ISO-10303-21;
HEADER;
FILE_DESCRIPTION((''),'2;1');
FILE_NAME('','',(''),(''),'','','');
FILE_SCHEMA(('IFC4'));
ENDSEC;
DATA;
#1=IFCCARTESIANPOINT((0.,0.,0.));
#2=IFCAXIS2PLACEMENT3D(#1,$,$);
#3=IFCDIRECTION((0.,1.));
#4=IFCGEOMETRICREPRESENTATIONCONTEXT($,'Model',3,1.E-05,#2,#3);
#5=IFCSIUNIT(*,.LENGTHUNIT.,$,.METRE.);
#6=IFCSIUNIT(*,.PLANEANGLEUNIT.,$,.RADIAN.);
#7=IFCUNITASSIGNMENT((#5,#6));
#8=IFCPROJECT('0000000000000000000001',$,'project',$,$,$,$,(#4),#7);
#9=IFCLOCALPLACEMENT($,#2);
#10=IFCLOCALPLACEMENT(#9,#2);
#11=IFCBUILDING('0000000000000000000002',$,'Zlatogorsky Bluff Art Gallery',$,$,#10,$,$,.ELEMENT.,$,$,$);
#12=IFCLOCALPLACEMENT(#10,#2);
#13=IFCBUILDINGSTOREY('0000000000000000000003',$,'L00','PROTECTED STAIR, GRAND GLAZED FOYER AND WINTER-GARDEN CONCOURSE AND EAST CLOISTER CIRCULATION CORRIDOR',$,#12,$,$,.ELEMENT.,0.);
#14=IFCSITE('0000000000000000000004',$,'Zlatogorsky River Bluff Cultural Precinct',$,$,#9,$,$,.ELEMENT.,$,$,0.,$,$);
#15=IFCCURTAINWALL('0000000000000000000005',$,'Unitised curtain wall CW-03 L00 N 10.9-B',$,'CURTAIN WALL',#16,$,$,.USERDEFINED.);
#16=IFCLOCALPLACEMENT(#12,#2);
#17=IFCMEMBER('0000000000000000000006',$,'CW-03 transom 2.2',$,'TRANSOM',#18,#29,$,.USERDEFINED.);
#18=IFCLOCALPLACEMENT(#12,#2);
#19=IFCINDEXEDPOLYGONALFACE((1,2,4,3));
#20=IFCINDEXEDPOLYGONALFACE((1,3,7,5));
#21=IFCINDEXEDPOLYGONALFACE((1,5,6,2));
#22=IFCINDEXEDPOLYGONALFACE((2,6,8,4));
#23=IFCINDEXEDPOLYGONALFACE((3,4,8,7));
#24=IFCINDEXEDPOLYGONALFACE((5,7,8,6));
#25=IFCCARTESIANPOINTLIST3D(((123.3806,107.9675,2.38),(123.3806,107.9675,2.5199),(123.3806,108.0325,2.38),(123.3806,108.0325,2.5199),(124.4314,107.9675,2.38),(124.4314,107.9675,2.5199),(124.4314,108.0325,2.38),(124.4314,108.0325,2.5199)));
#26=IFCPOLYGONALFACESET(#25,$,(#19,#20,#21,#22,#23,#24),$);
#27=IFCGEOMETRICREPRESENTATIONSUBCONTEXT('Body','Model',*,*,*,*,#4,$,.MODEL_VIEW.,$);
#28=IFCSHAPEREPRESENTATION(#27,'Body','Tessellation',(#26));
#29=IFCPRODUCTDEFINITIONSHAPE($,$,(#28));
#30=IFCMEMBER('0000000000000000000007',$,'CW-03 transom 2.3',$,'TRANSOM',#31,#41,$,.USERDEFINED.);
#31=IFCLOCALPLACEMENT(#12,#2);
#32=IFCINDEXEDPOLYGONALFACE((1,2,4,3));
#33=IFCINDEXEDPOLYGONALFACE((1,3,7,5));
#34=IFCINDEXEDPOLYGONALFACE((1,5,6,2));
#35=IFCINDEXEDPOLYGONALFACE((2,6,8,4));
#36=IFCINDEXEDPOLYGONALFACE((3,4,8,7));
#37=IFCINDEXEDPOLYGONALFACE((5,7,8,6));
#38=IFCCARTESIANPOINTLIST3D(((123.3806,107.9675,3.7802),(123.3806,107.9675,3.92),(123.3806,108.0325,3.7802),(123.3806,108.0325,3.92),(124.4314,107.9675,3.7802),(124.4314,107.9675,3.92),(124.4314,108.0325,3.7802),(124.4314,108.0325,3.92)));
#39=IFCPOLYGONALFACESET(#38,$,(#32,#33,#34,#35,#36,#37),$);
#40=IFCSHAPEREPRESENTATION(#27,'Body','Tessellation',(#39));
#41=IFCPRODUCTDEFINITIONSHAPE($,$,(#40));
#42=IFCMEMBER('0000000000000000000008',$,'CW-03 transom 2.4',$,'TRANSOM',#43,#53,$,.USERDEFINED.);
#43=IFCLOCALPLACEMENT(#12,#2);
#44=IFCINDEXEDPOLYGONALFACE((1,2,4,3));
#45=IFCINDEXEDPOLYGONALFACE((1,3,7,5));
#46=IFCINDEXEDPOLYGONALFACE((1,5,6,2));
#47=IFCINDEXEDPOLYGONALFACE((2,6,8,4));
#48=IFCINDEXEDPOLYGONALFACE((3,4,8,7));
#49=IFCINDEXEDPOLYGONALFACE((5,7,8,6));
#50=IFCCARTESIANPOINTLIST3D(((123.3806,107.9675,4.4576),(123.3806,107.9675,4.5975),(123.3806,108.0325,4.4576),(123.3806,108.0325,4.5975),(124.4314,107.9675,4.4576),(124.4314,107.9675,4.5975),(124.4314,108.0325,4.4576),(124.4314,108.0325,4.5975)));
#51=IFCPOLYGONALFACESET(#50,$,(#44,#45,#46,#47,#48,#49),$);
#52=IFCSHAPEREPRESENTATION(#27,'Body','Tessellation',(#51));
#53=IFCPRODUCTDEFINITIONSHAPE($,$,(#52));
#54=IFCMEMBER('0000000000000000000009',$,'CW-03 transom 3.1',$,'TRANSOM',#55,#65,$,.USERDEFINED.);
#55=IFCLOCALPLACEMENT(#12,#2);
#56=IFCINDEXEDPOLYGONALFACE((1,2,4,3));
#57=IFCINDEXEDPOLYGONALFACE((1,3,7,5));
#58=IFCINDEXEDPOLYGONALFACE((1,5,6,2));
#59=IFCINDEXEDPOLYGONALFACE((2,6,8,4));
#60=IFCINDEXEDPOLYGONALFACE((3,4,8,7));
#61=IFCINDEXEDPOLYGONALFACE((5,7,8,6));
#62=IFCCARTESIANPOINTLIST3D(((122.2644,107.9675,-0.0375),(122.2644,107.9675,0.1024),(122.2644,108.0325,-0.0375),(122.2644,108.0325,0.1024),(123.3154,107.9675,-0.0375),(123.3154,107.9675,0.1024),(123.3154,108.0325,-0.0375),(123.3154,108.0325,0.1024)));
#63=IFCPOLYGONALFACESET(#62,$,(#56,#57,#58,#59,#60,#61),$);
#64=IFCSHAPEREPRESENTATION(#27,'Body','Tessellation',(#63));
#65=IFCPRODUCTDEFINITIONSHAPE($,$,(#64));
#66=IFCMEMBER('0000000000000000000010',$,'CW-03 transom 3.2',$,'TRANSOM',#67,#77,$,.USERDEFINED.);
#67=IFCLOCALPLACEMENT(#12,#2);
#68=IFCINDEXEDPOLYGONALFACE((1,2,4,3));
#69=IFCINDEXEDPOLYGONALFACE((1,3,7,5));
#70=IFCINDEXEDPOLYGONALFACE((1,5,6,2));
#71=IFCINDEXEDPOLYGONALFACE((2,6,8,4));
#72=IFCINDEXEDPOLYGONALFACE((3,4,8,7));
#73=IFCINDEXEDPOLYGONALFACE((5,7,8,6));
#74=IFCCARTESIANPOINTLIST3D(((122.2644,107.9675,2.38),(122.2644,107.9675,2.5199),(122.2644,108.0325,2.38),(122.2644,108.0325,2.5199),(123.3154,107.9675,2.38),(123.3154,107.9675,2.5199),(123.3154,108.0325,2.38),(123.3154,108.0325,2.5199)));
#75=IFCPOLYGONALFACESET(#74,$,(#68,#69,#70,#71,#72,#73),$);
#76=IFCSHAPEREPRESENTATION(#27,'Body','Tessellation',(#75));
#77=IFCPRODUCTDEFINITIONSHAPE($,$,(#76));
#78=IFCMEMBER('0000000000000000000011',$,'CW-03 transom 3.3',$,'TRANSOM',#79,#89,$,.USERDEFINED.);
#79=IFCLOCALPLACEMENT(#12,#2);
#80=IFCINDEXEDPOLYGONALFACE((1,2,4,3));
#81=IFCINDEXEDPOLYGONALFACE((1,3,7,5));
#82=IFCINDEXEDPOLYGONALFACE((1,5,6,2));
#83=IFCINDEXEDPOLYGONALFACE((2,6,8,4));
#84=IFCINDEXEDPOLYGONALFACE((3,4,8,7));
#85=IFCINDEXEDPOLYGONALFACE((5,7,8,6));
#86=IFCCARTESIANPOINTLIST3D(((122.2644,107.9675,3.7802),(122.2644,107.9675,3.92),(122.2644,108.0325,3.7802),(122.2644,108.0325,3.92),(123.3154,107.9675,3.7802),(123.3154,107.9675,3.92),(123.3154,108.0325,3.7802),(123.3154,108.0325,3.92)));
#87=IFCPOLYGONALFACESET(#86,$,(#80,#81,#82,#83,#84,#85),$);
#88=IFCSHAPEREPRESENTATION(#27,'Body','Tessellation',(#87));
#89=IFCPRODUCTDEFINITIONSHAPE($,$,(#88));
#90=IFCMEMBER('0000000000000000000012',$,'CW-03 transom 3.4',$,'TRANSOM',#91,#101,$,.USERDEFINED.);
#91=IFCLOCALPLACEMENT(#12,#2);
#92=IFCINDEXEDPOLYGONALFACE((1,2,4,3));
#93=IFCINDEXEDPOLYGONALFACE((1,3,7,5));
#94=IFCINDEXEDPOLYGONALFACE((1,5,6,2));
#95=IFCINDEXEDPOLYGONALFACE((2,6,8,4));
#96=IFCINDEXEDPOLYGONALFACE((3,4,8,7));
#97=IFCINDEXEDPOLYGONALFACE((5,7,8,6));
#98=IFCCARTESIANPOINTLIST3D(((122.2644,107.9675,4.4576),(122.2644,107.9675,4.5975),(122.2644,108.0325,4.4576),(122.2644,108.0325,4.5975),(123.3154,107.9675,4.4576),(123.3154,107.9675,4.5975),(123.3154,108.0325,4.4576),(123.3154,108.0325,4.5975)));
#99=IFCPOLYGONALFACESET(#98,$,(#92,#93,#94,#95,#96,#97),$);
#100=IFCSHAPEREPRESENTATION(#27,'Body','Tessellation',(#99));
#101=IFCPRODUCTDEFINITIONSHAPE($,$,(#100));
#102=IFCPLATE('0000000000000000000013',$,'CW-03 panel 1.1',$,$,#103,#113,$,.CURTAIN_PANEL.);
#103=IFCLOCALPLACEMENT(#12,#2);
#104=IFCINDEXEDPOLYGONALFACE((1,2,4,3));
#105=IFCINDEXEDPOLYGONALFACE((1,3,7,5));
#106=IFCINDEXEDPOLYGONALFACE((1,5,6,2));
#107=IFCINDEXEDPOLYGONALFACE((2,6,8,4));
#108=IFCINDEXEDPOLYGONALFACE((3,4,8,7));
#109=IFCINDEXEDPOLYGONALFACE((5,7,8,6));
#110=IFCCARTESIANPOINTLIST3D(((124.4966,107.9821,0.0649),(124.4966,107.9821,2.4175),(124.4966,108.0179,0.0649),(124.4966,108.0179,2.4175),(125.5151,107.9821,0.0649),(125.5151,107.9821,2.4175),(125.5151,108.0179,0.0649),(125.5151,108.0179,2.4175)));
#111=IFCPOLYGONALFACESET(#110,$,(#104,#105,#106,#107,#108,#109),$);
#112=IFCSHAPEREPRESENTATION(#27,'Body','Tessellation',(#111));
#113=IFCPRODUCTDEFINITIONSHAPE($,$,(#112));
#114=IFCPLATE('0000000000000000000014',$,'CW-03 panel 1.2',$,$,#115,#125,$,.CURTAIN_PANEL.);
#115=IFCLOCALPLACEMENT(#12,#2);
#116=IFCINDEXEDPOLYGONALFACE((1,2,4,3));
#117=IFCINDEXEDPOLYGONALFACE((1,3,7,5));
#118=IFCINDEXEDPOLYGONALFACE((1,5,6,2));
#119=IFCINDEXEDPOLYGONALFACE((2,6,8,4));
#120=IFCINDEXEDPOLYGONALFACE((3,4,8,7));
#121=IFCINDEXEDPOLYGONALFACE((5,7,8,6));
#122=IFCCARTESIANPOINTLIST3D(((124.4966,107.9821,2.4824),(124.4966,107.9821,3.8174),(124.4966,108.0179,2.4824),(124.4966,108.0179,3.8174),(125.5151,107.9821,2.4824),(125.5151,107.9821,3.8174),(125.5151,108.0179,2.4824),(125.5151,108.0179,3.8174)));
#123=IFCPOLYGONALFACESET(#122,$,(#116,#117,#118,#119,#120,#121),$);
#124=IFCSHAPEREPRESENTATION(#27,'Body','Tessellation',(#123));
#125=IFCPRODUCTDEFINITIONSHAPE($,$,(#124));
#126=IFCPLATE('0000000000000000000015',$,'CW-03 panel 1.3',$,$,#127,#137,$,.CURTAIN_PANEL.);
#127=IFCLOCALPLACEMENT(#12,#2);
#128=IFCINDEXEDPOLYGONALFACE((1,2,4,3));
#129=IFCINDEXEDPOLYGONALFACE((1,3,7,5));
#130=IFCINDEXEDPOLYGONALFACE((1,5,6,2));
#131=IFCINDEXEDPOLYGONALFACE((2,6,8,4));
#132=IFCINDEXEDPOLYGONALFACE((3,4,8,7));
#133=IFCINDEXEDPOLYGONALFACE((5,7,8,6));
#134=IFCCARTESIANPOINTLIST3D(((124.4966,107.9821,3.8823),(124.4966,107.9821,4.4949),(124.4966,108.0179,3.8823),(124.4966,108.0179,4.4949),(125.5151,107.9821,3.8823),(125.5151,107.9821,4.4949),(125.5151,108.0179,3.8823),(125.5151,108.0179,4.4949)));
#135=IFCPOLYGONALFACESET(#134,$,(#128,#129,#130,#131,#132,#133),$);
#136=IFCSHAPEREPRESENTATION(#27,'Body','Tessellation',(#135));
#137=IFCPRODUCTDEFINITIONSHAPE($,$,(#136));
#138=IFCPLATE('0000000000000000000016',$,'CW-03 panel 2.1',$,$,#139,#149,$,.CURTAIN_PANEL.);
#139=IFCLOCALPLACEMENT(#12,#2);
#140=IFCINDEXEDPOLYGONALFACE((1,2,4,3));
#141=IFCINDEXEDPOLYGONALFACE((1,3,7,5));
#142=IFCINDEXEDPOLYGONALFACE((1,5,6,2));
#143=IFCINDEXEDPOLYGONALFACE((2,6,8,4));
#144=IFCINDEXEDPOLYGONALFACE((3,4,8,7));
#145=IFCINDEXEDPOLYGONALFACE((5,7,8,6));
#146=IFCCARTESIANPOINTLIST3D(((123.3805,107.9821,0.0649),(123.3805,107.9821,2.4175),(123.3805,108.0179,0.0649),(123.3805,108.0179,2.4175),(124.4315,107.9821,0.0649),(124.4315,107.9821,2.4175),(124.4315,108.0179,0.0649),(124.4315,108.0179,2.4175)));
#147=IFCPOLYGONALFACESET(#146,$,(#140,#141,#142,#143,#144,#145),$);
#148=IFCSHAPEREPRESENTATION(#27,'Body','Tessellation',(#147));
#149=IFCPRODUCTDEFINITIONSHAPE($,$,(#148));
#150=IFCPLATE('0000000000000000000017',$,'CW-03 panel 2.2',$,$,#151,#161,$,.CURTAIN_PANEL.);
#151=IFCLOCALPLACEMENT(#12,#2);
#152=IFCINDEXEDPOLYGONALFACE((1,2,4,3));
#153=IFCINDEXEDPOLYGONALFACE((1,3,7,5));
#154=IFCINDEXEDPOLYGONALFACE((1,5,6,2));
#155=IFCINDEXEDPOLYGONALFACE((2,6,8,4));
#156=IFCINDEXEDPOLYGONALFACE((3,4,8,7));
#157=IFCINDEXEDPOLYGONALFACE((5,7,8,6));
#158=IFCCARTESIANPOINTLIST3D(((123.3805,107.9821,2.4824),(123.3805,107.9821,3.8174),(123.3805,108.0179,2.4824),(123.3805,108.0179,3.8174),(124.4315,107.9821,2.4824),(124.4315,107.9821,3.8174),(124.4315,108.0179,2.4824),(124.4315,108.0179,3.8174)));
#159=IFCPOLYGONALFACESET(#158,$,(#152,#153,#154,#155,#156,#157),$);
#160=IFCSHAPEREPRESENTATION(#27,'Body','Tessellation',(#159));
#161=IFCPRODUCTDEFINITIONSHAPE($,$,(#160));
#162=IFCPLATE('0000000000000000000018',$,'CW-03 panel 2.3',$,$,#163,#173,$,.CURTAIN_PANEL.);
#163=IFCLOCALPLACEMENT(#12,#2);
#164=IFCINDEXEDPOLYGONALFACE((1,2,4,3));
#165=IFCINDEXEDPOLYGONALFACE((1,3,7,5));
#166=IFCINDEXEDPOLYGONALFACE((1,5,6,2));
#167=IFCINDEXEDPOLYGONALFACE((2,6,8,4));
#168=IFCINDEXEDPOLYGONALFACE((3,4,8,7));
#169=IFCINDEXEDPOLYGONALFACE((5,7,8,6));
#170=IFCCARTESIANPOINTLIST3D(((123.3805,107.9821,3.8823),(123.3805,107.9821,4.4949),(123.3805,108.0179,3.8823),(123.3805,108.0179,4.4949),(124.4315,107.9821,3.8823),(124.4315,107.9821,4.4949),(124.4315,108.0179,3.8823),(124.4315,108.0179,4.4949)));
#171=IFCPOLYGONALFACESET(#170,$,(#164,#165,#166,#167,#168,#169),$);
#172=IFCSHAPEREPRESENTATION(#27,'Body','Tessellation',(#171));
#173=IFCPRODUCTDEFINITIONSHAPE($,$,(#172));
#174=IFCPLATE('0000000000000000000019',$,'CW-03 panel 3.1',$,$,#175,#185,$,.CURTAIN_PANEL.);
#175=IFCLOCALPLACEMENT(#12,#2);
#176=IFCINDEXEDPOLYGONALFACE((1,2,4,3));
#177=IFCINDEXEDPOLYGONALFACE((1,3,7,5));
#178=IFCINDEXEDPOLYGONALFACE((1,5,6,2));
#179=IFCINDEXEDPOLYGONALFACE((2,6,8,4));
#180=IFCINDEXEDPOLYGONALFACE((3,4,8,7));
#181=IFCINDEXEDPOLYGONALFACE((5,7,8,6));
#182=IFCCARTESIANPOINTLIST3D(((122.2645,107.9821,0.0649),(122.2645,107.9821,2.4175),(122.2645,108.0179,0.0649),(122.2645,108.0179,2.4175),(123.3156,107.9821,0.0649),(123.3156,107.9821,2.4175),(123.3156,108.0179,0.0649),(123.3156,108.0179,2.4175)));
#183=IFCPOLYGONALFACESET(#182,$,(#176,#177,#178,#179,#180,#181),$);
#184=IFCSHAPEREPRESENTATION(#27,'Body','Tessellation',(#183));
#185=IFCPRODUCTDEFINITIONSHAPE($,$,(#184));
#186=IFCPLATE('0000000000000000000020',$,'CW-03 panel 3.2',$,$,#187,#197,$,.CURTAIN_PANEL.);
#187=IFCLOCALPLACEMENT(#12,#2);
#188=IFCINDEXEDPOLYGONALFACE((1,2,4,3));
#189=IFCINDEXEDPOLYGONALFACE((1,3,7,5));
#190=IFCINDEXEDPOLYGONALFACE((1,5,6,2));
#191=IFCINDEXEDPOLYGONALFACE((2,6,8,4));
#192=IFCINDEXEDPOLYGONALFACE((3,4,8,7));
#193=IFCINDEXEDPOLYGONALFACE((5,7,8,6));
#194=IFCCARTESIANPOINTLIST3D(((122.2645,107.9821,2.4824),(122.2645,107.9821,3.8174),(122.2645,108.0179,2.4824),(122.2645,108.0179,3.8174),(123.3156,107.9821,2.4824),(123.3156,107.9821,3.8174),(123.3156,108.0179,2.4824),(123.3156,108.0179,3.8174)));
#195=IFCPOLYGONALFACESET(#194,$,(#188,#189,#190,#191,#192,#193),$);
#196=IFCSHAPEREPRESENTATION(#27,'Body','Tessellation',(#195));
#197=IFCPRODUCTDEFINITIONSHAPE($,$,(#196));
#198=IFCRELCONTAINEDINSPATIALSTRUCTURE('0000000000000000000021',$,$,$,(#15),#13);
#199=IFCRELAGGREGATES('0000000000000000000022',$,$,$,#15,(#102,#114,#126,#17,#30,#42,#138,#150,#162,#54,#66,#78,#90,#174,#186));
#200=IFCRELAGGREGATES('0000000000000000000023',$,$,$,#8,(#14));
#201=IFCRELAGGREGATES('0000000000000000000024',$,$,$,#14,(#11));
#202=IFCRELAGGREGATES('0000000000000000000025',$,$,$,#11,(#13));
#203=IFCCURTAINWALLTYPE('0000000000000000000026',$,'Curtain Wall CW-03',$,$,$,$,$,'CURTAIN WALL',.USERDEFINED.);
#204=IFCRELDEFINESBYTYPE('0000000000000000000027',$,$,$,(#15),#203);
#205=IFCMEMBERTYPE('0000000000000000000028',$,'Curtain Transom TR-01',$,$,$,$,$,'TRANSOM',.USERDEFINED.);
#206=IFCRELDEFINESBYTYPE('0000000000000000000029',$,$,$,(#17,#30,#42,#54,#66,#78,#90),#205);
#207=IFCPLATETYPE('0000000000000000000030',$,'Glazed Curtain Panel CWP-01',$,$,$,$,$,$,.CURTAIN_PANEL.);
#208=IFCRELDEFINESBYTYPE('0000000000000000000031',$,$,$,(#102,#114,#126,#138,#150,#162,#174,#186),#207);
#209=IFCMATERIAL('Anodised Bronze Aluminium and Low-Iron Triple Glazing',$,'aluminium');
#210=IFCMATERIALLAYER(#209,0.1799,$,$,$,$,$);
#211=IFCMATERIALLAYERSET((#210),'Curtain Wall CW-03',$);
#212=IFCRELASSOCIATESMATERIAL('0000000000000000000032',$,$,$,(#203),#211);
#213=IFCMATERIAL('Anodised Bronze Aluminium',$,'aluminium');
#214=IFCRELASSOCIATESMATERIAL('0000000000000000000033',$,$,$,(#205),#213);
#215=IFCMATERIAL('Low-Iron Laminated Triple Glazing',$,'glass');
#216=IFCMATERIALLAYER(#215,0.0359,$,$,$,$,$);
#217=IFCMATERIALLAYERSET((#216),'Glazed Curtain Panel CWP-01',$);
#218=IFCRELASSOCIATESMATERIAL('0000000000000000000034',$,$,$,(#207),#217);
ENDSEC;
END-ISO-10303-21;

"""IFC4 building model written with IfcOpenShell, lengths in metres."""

from ifc_helpers import new_model, si_unit, direction, frame, origin, origin_2d, place, context, subcontext, project, spatial, rectangle, extrude, material, layer, layer_set, material_profile, profile_set, type_object, element, aggregate, save


model = new_model("IFC4")

# Units and contexts
model_context = context("Model", 3, precision=1e-05, world=origin(), true_north=direction((0.0, 1.0)))
body_context = subcontext(model_context, "Body", "Model", "MODEL_VIEW")
ifc_project = project(units=[si_unit("LENGTHUNIT", "METRE"), si_unit("PLANEANGLEUNIT", "RADIAN")], contexts=[model_context])

# Site, building, storey
site_placement = place(None, origin())
site = spatial("IfcSite", under=ifc_project, at=site_placement, Name="Zlatogorsky River Bluff Cultural Precinct", CompositionType="ELEMENT", RefElevation=0.0)
building_placement = place(site_placement, origin())
building = spatial("IfcBuilding", under=site, at=building_placement, Name="Zlatogorsky Bluff Art Gallery", CompositionType="ELEMENT")
storey_placement = place(building_placement, origin())
storey = spatial("IfcBuildingStorey", under=building, at=storey_placement, Name="L00", Description="PROTECTED STAIR, GRAND GLAZED FOYER AND WINTER-GARDEN CONCOURSE AND EAST CLOISTER CIRCULATION CORRIDOR", CompositionType="ELEMENT", Elevation=0.0)

# Curtain wall, members, plates
ifc_material_1 = material(Name="Anodised Bronze Aluminium and Low-Iron Triple Glazing", Category="aluminium")
ifc_layer_1 = layer(ifc_material_1, 0.1799)
ifc_layer_set_1 = layer_set([ifc_layer_1], Name="Curtain Wall CW-03")
curtain_wall_type = type_object("IfcCurtainWallType", Name="Curtain Wall CW-03", ElementType="CURTAIN WALL", PredefinedType="USERDEFINED", material=ifc_layer_set_1)
curtain_wall_placement = place(storey_placement, origin())
curtain_wall = element("IfcCurtainWall", 1, at=curtain_wall_placement, inside=storey, type_object=curtain_wall_type, Name="Unitised curtain wall CW-03 L00 N 10.9-B", ObjectType="CURTAIN WALL", PredefinedType="USERDEFINED")
ifc_material_2 = material(Name="Anodised Bronze Aluminium", Category="aluminium")
ifc_material_profile_1 = material_profile(ifc_material_2, rectangle(XDim=0.0649, YDim=0.1399, at=origin_2d()), Name="ALU TRANSOM 65x140")
ifc_profile_set_1 = profile_set([ifc_material_profile_1], Name="Anodised Bronze Aluminium")
member_type_1 = type_object("IfcMemberType", Name="Curtain Transom TR-01", ElementType="TRANSOM", PredefinedType="USERDEFINED", material=ifc_profile_set_1)
member_1_placement = place(storey_placement, frame((124.4314, 108.0, 2.45), z_axis=(-1.0, 0.0, 0.0), x_axis=(0.0, -1.0, 0.0)))
member_1 = element("IfcMember", 2, at=member_1_placement, type_object=member_type_1, Name="CW-03 transom 2.2", ObjectType="TRANSOM", PredefinedType="USERDEFINED", context=body_context, shape_type="SweptSolid", body=[
    extrude(rectangle(XDim=0.0649, YDim=0.1399, at=origin_2d()), origin(), (0.0, 0.0, 1.0), 1.0508),
])
member_2_placement = place(storey_placement, frame((124.4314, 108.0, 3.8501), z_axis=(-1.0, 0.0, 0.0), x_axis=(0.0, -1.0, 0.0)))
member_2 = element("IfcMember", 3, at=member_2_placement, type_object=member_type_1, Name="CW-03 transom 2.3", ObjectType="TRANSOM", PredefinedType="USERDEFINED", context=body_context, shape_type="SweptSolid", body=[
    extrude(rectangle(XDim=0.0649, YDim=0.1399, at=origin_2d()), origin(), (0.0, 0.0, 1.0), 1.0508),
])
member_3_placement = place(storey_placement, frame((124.4314, 108.0, 4.5276), z_axis=(-1.0, 0.0, 0.0), x_axis=(0.0, -1.0, 0.0)))
member_3 = element("IfcMember", 4, at=member_3_placement, type_object=member_type_1, Name="CW-03 transom 2.4", ObjectType="TRANSOM", PredefinedType="USERDEFINED", context=body_context, shape_type="SweptSolid", body=[
    extrude(rectangle(XDim=0.0649, YDim=0.1399, at=origin_2d()), origin(), (0.0, 0.0, 1.0), 1.0508),
])
member_4_placement = place(storey_placement, frame((123.3154, 108.0, 0.0325), z_axis=(-1.0, 0.0, 0.0), x_axis=(0.0, -1.0, 0.0)))
member_4 = element("IfcMember", 5, at=member_4_placement, type_object=member_type_1, Name="CW-03 transom 3.1", ObjectType="TRANSOM", PredefinedType="USERDEFINED", context=body_context, shape_type="SweptSolid", body=[
    extrude(rectangle(XDim=0.0649, YDim=0.1399, at=origin_2d()), origin(), (0.0, 0.0, 1.0), 1.051),
])
member_5_placement = place(storey_placement, frame((123.3154, 108.0, 2.45), z_axis=(-1.0, 0.0, 0.0), x_axis=(0.0, -1.0, 0.0)))
member_5 = element("IfcMember", 6, at=member_5_placement, type_object=member_type_1, Name="CW-03 transom 3.2", ObjectType="TRANSOM", PredefinedType="USERDEFINED", context=body_context, shape_type="SweptSolid", body=[
    extrude(rectangle(XDim=0.0649, YDim=0.1399, at=origin_2d()), origin(), (0.0, 0.0, 1.0), 1.051),
])
member_6_placement = place(storey_placement, frame((123.3154, 108.0, 3.8501), z_axis=(-1.0, 0.0, 0.0), x_axis=(0.0, -1.0, 0.0)))
member_6 = element("IfcMember", 7, at=member_6_placement, type_object=member_type_1, Name="CW-03 transom 3.3", ObjectType="TRANSOM", PredefinedType="USERDEFINED", context=body_context, shape_type="SweptSolid", body=[
    extrude(rectangle(XDim=0.0649, YDim=0.1399, at=origin_2d()), origin(), (0.0, 0.0, 1.0), 1.051),
])
member_7_placement = place(storey_placement, frame((123.3154, 108.0, 4.5276), z_axis=(-1.0, 0.0, 0.0), x_axis=(0.0, -1.0, 0.0)))
member_7 = element("IfcMember", 8, at=member_7_placement, type_object=member_type_1, Name="CW-03 transom 3.4", ObjectType="TRANSOM", PredefinedType="USERDEFINED", context=body_context, shape_type="SweptSolid", body=[
    extrude(rectangle(XDim=0.0649, YDim=0.1399, at=origin_2d()), origin(), (0.0, 0.0, 1.0), 1.051),
])
ifc_material_3 = material(Name="Low-Iron Laminated Triple Glazing", Category="glass")
ifc_layer_2 = layer(ifc_material_3, 0.0359)
ifc_layer_set_2 = layer_set([ifc_layer_2], Name="Glazed Curtain Panel CWP-01")
plate_type = type_object("IfcPlateType", Name="Glazed Curtain Panel CWP-01", PredefinedType="CURTAIN_PANEL", material=ifc_layer_set_2)
plate_1_placement = place(storey_placement, frame((125.0059, 108.0, 0.0649), z_axis=(0.0, 0.0, 1.0), x_axis=(-1.0, 0.0, 0.0)))
plate_1 = element("IfcPlate", 9, at=plate_1_placement, type_object=plate_type, Name="CW-03 panel 1.1", PredefinedType="CURTAIN_PANEL", context=body_context, shape_type="SweptSolid", body=[
    extrude(rectangle(XDim=1.0186, YDim=0.0359, at=origin_2d()), origin(), (0.0, 0.0, 1.0), 2.3525),
])
plate_2_placement = place(storey_placement, frame((125.0059, 108.0, 2.4824), z_axis=(0.0, 0.0, 1.0), x_axis=(-1.0, 0.0, 0.0)))
plate_2 = element("IfcPlate", 10, at=plate_2_placement, type_object=plate_type, Name="CW-03 panel 1.2", PredefinedType="CURTAIN_PANEL", context=body_context, shape_type="SweptSolid", body=[
    extrude(rectangle(XDim=1.0186, YDim=0.0359, at=origin_2d()), origin(), (0.0, 0.0, 1.0), 1.335),
])
plate_3_placement = place(storey_placement, frame((125.0059, 108.0, 3.8823), z_axis=(0.0, 0.0, 1.0), x_axis=(-1.0, 0.0, 0.0)))
plate_3 = element("IfcPlate", 11, at=plate_3_placement, type_object=plate_type, Name="CW-03 panel 1.3", PredefinedType="CURTAIN_PANEL", context=body_context, shape_type="SweptSolid", body=[
    extrude(rectangle(XDim=1.0186, YDim=0.0359, at=origin_2d()), origin(), (0.0, 0.0, 1.0), 0.6125),
])
plate_4_placement = place(storey_placement, frame((123.906, 108.0, 0.0649), z_axis=(0.0, 0.0, 1.0), x_axis=(-1.0, 0.0, 0.0)))
plate_4 = element("IfcPlate", 12, at=plate_4_placement, type_object=plate_type, Name="CW-03 panel 2.1", PredefinedType="CURTAIN_PANEL", context=body_context, shape_type="SweptSolid", body=[
    extrude(rectangle(XDim=1.051, YDim=0.0359, at=origin_2d()), origin(), (0.0, 0.0, 1.0), 2.3525),
])
plate_5_placement = place(storey_placement, frame((123.906, 108.0, 2.4824), z_axis=(0.0, 0.0, 1.0), x_axis=(-1.0, 0.0, 0.0)))
plate_5 = element("IfcPlate", 13, at=plate_5_placement, type_object=plate_type, Name="CW-03 panel 2.2", PredefinedType="CURTAIN_PANEL", context=body_context, shape_type="SweptSolid", body=[
    extrude(rectangle(XDim=1.051, YDim=0.0359, at=origin_2d()), origin(), (0.0, 0.0, 1.0), 1.335),
])
plate_6_placement = place(storey_placement, frame((123.906, 108.0, 3.8823), z_axis=(0.0, 0.0, 1.0), x_axis=(-1.0, 0.0, 0.0)))
plate_6 = element("IfcPlate", 14, at=plate_6_placement, type_object=plate_type, Name="CW-03 panel 2.3", PredefinedType="CURTAIN_PANEL", context=body_context, shape_type="SweptSolid", body=[
    extrude(rectangle(XDim=1.051, YDim=0.0359, at=origin_2d()), origin(), (0.0, 0.0, 1.0), 0.6125),
])
plate_7_placement = place(storey_placement, frame((122.79, 108.0, 0.0649), z_axis=(0.0, 0.0, 1.0), x_axis=(-1.0, 0.0, 0.0)))
plate_7 = element("IfcPlate", 15, at=plate_7_placement, type_object=plate_type, Name="CW-03 panel 3.1", PredefinedType="CURTAIN_PANEL", context=body_context, shape_type="SweptSolid", body=[
    extrude(rectangle(XDim=1.051, YDim=0.0359, at=origin_2d()), origin(), (0.0, 0.0, 1.0), 2.3525),
])
plate_8_placement = place(storey_placement, frame((122.79, 108.0, 2.4824), z_axis=(0.0, 0.0, 1.0), x_axis=(-1.0, 0.0, 0.0)))
plate_8 = element("IfcPlate", 16, at=plate_8_placement, type_object=plate_type, Name="CW-03 panel 3.2", PredefinedType="CURTAIN_PANEL", context=body_context, shape_type="SweptSolid", body=[
    extrude(rectangle(XDim=1.051, YDim=0.0359, at=origin_2d()), origin(), (0.0, 0.0, 1.0), 1.335),
])
aggregate(curtain_wall, [plate_1, plate_2, plate_3, member_1, member_2, member_3, plate_4, plate_5, plate_6, member_4, member_5, member_6, member_7, plate_7, plate_8])

save(model, "model.ifc")
